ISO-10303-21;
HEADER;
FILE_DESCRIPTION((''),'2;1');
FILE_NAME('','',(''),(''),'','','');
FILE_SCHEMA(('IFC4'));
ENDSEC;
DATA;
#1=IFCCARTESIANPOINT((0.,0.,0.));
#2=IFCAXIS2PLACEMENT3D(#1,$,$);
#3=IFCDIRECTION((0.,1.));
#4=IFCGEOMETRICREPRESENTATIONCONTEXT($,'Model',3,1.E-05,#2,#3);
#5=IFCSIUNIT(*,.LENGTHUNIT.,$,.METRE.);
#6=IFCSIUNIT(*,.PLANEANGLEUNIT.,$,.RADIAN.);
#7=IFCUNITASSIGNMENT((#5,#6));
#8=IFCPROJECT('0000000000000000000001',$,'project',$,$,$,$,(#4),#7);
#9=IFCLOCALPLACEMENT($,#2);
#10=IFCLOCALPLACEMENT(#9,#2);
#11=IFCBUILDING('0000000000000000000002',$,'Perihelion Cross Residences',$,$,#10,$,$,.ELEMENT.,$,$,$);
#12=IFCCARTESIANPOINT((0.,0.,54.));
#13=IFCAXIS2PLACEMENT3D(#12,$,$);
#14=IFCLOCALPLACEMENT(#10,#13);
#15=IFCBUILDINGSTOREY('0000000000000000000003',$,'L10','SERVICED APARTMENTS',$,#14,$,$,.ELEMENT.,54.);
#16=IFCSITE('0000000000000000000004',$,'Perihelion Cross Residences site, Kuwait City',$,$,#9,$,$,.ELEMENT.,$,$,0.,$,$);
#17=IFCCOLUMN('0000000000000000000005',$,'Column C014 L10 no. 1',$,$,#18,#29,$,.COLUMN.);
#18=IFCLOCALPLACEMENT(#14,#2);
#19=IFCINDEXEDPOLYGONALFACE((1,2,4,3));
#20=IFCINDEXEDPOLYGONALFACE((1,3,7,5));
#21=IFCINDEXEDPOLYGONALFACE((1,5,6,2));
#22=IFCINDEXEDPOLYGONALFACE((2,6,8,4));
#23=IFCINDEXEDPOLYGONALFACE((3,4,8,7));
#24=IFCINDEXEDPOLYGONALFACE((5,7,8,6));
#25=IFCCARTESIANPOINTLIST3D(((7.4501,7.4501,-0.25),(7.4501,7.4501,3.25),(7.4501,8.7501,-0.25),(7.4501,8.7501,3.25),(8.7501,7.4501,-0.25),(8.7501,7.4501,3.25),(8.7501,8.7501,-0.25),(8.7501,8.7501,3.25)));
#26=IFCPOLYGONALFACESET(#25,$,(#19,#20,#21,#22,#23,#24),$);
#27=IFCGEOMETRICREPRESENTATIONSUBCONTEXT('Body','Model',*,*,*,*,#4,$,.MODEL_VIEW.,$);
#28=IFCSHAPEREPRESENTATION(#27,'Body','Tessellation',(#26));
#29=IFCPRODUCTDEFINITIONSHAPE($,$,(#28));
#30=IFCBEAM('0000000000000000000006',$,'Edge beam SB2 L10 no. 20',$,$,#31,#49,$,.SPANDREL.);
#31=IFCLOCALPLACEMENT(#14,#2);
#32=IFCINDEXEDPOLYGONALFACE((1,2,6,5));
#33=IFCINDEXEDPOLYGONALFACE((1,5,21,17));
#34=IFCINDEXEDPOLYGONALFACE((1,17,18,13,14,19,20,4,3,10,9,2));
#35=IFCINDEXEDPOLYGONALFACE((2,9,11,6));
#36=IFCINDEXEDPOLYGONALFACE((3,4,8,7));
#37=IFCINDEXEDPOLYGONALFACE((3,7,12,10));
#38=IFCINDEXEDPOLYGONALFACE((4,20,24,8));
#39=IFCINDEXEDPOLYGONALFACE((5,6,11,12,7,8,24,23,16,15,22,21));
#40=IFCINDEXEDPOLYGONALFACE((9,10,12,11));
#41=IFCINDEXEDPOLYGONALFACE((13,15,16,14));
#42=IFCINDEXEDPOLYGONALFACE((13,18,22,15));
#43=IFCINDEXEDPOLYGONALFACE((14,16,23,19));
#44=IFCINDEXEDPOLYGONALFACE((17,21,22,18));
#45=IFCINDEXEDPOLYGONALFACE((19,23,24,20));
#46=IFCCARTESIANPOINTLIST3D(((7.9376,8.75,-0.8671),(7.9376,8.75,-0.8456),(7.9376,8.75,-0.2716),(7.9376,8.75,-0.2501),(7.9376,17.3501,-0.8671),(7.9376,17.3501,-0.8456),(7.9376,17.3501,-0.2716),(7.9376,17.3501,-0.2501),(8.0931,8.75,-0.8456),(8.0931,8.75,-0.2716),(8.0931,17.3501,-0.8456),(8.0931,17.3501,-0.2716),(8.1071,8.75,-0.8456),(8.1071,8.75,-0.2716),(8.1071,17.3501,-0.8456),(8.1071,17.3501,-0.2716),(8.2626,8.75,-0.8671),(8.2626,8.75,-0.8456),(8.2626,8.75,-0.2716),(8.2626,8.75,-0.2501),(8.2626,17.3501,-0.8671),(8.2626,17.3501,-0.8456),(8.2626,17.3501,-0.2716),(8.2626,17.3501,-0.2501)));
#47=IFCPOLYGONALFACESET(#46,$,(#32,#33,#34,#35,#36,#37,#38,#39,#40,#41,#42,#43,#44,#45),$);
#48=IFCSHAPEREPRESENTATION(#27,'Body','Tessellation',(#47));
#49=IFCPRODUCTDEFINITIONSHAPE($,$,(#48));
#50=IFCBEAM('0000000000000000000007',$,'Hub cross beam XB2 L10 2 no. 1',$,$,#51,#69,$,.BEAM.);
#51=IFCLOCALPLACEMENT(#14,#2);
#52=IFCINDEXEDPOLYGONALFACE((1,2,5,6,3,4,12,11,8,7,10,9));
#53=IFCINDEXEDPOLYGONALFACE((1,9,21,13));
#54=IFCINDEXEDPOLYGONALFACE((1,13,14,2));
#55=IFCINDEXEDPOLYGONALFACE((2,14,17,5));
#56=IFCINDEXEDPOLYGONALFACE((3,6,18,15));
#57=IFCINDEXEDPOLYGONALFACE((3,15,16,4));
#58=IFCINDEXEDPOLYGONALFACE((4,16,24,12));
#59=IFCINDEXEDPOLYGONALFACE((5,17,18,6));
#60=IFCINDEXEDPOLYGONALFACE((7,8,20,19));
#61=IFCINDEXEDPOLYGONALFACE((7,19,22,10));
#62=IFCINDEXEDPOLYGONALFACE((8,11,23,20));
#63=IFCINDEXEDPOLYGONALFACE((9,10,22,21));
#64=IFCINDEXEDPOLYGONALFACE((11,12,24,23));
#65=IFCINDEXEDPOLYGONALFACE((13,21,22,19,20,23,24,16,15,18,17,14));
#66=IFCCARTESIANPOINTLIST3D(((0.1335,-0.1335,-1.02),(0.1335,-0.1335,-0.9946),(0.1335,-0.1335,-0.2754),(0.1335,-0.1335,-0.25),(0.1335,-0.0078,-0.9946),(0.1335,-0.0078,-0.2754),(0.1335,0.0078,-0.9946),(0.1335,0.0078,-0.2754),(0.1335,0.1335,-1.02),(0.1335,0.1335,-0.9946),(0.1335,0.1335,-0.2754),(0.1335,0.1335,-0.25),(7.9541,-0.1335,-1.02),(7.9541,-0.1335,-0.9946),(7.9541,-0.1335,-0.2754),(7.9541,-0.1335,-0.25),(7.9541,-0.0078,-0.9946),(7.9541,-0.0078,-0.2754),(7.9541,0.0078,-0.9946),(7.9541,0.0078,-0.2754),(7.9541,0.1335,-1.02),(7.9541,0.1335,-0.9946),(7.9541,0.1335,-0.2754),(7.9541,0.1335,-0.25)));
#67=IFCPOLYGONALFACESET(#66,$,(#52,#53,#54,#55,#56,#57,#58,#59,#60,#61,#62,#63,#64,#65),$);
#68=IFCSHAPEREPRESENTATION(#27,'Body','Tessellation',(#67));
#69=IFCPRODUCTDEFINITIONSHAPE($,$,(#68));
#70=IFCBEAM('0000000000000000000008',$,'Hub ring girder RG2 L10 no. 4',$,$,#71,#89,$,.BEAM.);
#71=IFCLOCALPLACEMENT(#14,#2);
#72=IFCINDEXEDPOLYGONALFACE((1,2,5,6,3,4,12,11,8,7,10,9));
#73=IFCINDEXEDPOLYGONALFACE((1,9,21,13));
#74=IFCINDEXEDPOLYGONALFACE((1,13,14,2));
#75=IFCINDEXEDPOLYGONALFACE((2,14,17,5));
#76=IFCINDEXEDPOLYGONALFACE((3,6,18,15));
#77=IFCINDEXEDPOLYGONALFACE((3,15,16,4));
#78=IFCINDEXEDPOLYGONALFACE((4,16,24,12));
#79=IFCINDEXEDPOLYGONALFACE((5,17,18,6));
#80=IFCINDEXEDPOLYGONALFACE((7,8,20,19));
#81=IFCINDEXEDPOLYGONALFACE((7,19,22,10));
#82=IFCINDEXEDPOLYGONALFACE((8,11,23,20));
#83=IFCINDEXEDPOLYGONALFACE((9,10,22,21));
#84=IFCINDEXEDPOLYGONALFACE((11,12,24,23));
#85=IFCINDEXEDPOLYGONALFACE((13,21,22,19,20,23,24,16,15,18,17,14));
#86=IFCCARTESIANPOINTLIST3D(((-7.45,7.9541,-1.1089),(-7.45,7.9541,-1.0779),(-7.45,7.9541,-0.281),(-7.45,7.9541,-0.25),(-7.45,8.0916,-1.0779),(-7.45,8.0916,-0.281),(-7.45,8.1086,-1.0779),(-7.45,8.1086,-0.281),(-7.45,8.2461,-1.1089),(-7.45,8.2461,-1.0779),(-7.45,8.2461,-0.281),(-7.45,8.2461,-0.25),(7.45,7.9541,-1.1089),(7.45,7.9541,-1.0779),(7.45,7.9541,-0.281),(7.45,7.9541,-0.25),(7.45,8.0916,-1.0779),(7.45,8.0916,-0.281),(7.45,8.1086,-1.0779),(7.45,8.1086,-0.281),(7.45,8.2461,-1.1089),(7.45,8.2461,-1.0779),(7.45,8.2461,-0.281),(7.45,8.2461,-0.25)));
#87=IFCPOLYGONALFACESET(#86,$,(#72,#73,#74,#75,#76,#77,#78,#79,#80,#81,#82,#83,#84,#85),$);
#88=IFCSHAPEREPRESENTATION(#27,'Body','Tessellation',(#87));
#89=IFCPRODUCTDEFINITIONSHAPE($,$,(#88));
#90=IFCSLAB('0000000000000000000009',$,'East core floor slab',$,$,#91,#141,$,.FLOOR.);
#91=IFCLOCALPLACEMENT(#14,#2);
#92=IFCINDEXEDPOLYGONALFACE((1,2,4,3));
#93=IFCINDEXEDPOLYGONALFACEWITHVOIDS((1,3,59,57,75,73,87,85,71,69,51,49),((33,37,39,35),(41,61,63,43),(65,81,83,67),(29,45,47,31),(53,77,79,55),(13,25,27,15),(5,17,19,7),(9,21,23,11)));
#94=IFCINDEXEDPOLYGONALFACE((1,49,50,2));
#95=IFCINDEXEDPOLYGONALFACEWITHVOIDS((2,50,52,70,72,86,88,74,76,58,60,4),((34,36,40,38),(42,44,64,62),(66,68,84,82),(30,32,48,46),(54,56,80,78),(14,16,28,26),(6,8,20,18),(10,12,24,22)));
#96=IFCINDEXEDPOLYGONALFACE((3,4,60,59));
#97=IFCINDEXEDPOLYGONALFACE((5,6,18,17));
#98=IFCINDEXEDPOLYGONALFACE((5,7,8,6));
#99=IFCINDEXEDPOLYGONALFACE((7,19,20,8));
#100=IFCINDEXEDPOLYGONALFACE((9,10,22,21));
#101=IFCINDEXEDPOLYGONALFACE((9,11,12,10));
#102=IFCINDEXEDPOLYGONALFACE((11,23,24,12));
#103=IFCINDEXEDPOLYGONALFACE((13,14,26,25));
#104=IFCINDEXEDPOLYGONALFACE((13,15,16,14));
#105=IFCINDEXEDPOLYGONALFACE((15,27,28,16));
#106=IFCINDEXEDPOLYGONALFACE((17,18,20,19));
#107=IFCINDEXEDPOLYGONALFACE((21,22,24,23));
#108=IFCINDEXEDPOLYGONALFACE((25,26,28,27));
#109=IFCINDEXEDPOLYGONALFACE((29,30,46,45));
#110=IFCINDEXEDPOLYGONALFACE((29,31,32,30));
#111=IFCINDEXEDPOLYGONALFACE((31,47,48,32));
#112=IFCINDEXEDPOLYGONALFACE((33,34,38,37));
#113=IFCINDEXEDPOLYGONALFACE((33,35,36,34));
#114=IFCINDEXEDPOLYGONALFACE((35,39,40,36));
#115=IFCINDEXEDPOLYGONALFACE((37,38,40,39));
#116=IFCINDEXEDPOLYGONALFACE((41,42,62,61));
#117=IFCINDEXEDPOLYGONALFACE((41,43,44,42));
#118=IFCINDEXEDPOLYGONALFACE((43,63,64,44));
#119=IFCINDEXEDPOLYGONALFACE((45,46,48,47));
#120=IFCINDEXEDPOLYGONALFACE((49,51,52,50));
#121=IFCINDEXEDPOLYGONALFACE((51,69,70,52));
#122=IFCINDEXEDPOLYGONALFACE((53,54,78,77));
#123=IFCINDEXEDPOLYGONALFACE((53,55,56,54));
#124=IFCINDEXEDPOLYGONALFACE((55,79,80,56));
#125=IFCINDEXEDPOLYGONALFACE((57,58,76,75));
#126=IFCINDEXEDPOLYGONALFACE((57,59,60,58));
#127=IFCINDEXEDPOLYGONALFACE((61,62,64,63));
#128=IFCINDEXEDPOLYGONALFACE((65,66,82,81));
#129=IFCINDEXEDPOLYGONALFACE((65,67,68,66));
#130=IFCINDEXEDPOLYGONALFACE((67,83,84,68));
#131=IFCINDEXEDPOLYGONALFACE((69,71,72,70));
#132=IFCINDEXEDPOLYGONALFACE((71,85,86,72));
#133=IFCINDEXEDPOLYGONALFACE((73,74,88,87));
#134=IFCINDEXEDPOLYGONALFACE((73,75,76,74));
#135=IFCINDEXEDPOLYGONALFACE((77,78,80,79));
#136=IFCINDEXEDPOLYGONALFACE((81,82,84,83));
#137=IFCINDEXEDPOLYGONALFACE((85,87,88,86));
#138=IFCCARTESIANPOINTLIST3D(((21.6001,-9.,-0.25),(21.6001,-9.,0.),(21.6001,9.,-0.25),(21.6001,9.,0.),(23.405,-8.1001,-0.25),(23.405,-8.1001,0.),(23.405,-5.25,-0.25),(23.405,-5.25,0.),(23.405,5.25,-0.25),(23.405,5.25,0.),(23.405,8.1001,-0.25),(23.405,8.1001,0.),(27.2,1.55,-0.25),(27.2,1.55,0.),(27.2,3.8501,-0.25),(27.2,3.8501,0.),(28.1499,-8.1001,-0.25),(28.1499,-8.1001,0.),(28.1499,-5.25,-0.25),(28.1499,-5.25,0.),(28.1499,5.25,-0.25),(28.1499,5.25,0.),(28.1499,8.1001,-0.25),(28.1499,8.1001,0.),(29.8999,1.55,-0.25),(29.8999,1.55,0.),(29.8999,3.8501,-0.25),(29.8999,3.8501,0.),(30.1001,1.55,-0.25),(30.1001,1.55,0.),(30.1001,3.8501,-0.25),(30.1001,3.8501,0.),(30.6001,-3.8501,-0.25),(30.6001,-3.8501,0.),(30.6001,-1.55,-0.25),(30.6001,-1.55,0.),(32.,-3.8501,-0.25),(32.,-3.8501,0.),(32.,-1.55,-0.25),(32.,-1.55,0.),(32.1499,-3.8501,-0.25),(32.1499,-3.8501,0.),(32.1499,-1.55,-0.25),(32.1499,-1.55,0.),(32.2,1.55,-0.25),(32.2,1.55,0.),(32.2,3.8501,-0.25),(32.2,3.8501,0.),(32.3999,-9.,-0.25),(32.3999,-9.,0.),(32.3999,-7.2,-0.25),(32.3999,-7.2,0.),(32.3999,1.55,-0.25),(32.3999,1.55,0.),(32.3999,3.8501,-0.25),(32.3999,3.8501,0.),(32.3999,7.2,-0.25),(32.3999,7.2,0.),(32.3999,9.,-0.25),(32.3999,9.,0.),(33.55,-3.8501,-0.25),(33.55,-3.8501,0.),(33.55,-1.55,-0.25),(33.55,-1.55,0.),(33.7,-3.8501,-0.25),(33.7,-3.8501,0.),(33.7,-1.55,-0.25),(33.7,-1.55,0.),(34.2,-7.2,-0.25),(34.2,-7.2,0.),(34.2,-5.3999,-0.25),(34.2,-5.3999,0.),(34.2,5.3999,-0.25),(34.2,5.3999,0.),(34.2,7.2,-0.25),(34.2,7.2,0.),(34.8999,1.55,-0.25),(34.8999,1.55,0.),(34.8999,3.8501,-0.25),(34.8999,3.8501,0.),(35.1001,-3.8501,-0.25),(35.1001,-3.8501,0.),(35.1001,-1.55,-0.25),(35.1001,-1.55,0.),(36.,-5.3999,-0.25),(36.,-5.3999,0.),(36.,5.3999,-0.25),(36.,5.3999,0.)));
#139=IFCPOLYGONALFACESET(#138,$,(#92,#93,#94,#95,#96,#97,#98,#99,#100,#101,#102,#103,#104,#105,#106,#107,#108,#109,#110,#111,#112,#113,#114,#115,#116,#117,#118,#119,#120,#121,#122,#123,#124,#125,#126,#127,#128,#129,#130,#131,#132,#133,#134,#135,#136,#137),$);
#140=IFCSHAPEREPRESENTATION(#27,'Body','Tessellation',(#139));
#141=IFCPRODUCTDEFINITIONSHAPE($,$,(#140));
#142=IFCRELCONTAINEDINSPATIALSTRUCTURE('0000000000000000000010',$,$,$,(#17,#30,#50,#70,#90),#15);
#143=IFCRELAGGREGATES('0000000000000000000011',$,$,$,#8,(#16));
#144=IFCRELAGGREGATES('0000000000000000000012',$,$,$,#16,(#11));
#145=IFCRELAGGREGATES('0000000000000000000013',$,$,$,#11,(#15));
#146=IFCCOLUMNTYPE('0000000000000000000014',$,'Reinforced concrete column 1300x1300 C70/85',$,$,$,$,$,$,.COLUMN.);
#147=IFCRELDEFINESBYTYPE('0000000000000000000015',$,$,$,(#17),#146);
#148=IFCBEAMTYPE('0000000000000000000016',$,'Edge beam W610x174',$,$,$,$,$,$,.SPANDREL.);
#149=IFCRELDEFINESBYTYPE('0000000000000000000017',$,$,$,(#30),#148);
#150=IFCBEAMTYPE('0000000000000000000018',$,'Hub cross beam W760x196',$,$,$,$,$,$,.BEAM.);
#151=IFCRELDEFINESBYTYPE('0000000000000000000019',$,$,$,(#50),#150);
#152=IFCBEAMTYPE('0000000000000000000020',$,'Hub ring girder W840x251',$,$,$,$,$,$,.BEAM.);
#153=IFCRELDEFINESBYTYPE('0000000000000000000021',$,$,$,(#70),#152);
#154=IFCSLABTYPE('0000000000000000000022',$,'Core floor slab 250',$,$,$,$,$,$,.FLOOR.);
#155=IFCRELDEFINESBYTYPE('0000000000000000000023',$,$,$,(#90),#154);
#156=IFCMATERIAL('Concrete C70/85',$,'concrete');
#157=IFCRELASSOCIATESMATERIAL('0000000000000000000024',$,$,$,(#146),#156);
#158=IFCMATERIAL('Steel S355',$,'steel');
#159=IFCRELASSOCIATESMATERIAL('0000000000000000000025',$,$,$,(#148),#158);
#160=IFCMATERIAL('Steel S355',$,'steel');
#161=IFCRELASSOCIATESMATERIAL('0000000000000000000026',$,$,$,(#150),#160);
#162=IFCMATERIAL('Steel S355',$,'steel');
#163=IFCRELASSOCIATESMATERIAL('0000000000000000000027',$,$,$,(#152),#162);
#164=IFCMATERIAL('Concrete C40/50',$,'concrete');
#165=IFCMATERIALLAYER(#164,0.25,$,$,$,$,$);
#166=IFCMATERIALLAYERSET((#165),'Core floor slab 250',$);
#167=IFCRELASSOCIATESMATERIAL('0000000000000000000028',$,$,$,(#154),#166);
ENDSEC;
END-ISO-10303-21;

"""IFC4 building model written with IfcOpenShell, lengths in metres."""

from ifc_helpers import new_model, si_unit, direction, frame, origin, origin_2d, place, context, subcontext, project, spatial, polyline, rectangle, i_section, outline, extrude, material, layer, layer_set, material_profile, profile_set, type_object, element, save


model = new_model("IFC4")

# Units and contexts
model_context = context("Model", 3, precision=1e-05, world=origin(), true_north=direction((0.0, 1.0)))
body_context = subcontext(model_context, "Body", "Model", "MODEL_VIEW")
ifc_project = project(units=[si_unit("LENGTHUNIT", "METRE"), si_unit("PLANEANGLEUNIT", "RADIAN")], contexts=[model_context])

# Site, building, storey
site_placement = place(None, origin())
site = spatial("IfcSite", under=ifc_project, at=site_placement, Name="Perihelion Cross Residences site, Kuwait City", CompositionType="ELEMENT", RefElevation=0.0)
building_placement = place(site_placement, origin())
building = spatial("IfcBuilding", under=site, at=building_placement, Name="Perihelion Cross Residences", CompositionType="ELEMENT")
storey_placement = place(building_placement, frame((0.0, 0.0, 54.0)))
storey = spatial("IfcBuildingStorey", under=building, at=storey_placement, Name="L10", Description="SERVICED APARTMENTS", CompositionType="ELEMENT", Elevation=54.0)

# Column
ifc_material_1 = material(Name="Concrete C70/85", Category="concrete")
ifc_material_profile_1 = material_profile(ifc_material_1, rectangle(XDim=1.3, YDim=1.3, at=origin_2d()), Name="RC 1300x1300")
ifc_profile_set_1 = profile_set([ifc_material_profile_1], Name="Concrete C70/85")
column_type = type_object("IfcColumnType", Name="Reinforced concrete column 1300x1300 C70/85", PredefinedType="COLUMN", material=ifc_profile_set_1)
column_placement = place(storey_placement, frame((8.1001, 8.1001, -0.25), z_axis=(0.0, 0.0, 1.0), x_axis=(1.0, 0.0, 0.0)))
element("IfcColumn", 1, at=column_placement, inside=storey, type_object=column_type, Name="Column C014 L10 no. 1", PredefinedType="COLUMN", context=body_context, shape_type="SweptSolid", body=[
    extrude(rectangle(XDim=1.3, YDim=1.3, at=origin_2d()), origin(), (0.0, 0.0, 1.0), 3.5),
])

# Beams
ifc_material_2 = material(Name="Steel S355", Category="steel")
ifc_material_profile_2 = material_profile(ifc_material_2, i_section(OverallWidth=0.325, OverallDepth=0.6169, WebThickness=0.0139, FlangeThickness=0.0215, at=origin_2d()), Name="W610x174")
ifc_profile_set_2 = profile_set([ifc_material_profile_2], Name="Steel S355")
beam_type_1 = type_object("IfcBeamType", Name="Edge beam W610x174", PredefinedType="SPANDREL", material=ifc_profile_set_2)
beam_1_placement = place(storey_placement, frame((8.1001, 8.75, -0.5586), z_axis=(0.0, 1.0, 0.0), x_axis=(-1.0, 0.0, 0.0)))
element("IfcBeam", 2, at=beam_1_placement, inside=storey, type_object=beam_type_1, Name="Edge beam SB2 L10 no. 20", PredefinedType="SPANDREL", context=body_context, shape_type="SweptSolid", body=[
    extrude(i_section(OverallWidth=0.325, OverallDepth=0.6169, WebThickness=0.0139, FlangeThickness=0.0215, at=origin_2d()), origin(), (0.0, 0.0, 1.0), 8.6001),
])
ifc_material_3 = material(Name="Steel S355", Category="steel")
ifc_material_profile_3 = material_profile(ifc_material_3, i_section(OverallWidth=0.2671, OverallDepth=0.77, WebThickness=0.0156, FlangeThickness=0.0254, at=origin_2d()), Name="W760x196")
ifc_profile_set_3 = profile_set([ifc_material_profile_3], Name="Steel S355")
beam_type_2 = type_object("IfcBeamType", Name="Hub cross beam W760x196", PredefinedType="BEAM", material=ifc_profile_set_3)
beam_2_placement = place(storey_placement, frame((0.1335, 0.0, -0.635), z_axis=(1.0, 0.0, 0.0), x_axis=(0.0, 1.0, 0.0)))
element("IfcBeam", 3, at=beam_2_placement, inside=storey, type_object=beam_type_2, Name="Hub cross beam XB2 L10 2 no. 1", PredefinedType="BEAM", context=body_context, shape_type="SweptSolid", body=[
    extrude(i_section(OverallWidth=0.2671, OverallDepth=0.77, WebThickness=0.0156, FlangeThickness=0.0254, at=origin_2d()), origin(), (0.0, 0.0, 1.0), 7.8206),
])
ifc_material_4 = material(Name="Steel S355", Category="steel")
ifc_material_profile_4 = material_profile(ifc_material_4, i_section(OverallWidth=0.292, OverallDepth=0.8589, WebThickness=0.0171, FlangeThickness=0.031, at=origin_2d()), Name="W840x251")
ifc_profile_set_4 = profile_set([ifc_material_profile_4], Name="Steel S355")
beam_type_3 = type_object("IfcBeamType", Name="Hub ring girder W840x251", PredefinedType="BEAM", material=ifc_profile_set_4)
beam_3_placement = place(storey_placement, frame((7.45, 8.1001, -0.6794), z_axis=(-1.0, 0.0, 0.0), x_axis=(0.0, -1.0, 0.0)))
element("IfcBeam", 4, at=beam_3_placement, inside=storey, type_object=beam_type_3, Name="Hub ring girder RG2 L10 no. 4", PredefinedType="BEAM", context=body_context, shape_type="SweptSolid", body=[
    extrude(i_section(OverallWidth=0.292, OverallDepth=0.8589, WebThickness=0.0171, FlangeThickness=0.031, at=origin_2d()), origin(), (0.0, 0.0, 1.0), 14.8999),
])

# Slab
ifc_material_5 = material(Name="Concrete C40/50", Category="concrete")
ifc_layer_1 = layer(ifc_material_5, 0.25)
ifc_layer_set_1 = layer_set([ifc_layer_1], Name="Core floor slab 250")
slab_type_1 = type_object("IfcSlabType", Name="Core floor slab 250", PredefinedType="FLOOR", material=ifc_layer_set_1)
slab_1_placement = place(storey_placement, frame((0.0, 0.0, -0.25)))
element("IfcSlab", 5, at=slab_1_placement, inside=storey, type_object=slab_type_1, Name="East core floor slab", PredefinedType="FLOOR", context=body_context, shape_type="SweptSolid", body=[
    extrude(outline(polyline([(32.3999, 7.2), (34.2, 7.2), (34.2, 5.3999), (36.0, 5.3999), (36.0, -5.3999), (34.2, -5.3999), (34.2, -7.2), (32.3999, -7.2), (32.3999, -9.0), (21.6001, -9.0), (21.6001, 9.0), (32.3999, 9.0), (32.3999, 7.2)]), holes=[polyline([(23.405, -8.1001), (28.1499, -8.1001), (28.1499, -5.25), (23.405, -5.25), (23.405, -8.1001)]), polyline([(30.6001, -1.55), (30.6001, -3.8501), (32.0, -3.8501), (32.0, -1.55), (30.6001, -1.55)]), polyline([(32.1499, -1.55), (32.1499, -3.8501), (33.55, -3.8501), (33.55, -1.55), (32.1499, -1.55)]), polyline([(33.7, -1.55), (33.7, -3.8501), (35.1001, -3.8501), (35.1001, -1.55), (33.7, -1.55)]), polyline([(27.2, 3.8501), (27.2, 1.55), (29.8999, 1.55), (29.8999, 3.8501), (27.2, 3.8501)]), polyline([(30.1001, 3.8501), (30.1001, 1.55), (32.2, 1.55), (32.2, 3.8501), (30.1001, 3.8501)]), polyline([(32.3999, 3.8501), (32.3999, 1.55), (34.8999, 1.55), (34.8999, 3.8501), (32.3999, 3.8501)]), polyline([(23.405, 5.25), (28.1499, 5.25), (28.1499, 8.1001), (23.405, 8.1001), (23.405, 5.25)])]), origin(), (0.0, 0.0, 1.0), 0.25),
])

save(model, "model.ifc")
